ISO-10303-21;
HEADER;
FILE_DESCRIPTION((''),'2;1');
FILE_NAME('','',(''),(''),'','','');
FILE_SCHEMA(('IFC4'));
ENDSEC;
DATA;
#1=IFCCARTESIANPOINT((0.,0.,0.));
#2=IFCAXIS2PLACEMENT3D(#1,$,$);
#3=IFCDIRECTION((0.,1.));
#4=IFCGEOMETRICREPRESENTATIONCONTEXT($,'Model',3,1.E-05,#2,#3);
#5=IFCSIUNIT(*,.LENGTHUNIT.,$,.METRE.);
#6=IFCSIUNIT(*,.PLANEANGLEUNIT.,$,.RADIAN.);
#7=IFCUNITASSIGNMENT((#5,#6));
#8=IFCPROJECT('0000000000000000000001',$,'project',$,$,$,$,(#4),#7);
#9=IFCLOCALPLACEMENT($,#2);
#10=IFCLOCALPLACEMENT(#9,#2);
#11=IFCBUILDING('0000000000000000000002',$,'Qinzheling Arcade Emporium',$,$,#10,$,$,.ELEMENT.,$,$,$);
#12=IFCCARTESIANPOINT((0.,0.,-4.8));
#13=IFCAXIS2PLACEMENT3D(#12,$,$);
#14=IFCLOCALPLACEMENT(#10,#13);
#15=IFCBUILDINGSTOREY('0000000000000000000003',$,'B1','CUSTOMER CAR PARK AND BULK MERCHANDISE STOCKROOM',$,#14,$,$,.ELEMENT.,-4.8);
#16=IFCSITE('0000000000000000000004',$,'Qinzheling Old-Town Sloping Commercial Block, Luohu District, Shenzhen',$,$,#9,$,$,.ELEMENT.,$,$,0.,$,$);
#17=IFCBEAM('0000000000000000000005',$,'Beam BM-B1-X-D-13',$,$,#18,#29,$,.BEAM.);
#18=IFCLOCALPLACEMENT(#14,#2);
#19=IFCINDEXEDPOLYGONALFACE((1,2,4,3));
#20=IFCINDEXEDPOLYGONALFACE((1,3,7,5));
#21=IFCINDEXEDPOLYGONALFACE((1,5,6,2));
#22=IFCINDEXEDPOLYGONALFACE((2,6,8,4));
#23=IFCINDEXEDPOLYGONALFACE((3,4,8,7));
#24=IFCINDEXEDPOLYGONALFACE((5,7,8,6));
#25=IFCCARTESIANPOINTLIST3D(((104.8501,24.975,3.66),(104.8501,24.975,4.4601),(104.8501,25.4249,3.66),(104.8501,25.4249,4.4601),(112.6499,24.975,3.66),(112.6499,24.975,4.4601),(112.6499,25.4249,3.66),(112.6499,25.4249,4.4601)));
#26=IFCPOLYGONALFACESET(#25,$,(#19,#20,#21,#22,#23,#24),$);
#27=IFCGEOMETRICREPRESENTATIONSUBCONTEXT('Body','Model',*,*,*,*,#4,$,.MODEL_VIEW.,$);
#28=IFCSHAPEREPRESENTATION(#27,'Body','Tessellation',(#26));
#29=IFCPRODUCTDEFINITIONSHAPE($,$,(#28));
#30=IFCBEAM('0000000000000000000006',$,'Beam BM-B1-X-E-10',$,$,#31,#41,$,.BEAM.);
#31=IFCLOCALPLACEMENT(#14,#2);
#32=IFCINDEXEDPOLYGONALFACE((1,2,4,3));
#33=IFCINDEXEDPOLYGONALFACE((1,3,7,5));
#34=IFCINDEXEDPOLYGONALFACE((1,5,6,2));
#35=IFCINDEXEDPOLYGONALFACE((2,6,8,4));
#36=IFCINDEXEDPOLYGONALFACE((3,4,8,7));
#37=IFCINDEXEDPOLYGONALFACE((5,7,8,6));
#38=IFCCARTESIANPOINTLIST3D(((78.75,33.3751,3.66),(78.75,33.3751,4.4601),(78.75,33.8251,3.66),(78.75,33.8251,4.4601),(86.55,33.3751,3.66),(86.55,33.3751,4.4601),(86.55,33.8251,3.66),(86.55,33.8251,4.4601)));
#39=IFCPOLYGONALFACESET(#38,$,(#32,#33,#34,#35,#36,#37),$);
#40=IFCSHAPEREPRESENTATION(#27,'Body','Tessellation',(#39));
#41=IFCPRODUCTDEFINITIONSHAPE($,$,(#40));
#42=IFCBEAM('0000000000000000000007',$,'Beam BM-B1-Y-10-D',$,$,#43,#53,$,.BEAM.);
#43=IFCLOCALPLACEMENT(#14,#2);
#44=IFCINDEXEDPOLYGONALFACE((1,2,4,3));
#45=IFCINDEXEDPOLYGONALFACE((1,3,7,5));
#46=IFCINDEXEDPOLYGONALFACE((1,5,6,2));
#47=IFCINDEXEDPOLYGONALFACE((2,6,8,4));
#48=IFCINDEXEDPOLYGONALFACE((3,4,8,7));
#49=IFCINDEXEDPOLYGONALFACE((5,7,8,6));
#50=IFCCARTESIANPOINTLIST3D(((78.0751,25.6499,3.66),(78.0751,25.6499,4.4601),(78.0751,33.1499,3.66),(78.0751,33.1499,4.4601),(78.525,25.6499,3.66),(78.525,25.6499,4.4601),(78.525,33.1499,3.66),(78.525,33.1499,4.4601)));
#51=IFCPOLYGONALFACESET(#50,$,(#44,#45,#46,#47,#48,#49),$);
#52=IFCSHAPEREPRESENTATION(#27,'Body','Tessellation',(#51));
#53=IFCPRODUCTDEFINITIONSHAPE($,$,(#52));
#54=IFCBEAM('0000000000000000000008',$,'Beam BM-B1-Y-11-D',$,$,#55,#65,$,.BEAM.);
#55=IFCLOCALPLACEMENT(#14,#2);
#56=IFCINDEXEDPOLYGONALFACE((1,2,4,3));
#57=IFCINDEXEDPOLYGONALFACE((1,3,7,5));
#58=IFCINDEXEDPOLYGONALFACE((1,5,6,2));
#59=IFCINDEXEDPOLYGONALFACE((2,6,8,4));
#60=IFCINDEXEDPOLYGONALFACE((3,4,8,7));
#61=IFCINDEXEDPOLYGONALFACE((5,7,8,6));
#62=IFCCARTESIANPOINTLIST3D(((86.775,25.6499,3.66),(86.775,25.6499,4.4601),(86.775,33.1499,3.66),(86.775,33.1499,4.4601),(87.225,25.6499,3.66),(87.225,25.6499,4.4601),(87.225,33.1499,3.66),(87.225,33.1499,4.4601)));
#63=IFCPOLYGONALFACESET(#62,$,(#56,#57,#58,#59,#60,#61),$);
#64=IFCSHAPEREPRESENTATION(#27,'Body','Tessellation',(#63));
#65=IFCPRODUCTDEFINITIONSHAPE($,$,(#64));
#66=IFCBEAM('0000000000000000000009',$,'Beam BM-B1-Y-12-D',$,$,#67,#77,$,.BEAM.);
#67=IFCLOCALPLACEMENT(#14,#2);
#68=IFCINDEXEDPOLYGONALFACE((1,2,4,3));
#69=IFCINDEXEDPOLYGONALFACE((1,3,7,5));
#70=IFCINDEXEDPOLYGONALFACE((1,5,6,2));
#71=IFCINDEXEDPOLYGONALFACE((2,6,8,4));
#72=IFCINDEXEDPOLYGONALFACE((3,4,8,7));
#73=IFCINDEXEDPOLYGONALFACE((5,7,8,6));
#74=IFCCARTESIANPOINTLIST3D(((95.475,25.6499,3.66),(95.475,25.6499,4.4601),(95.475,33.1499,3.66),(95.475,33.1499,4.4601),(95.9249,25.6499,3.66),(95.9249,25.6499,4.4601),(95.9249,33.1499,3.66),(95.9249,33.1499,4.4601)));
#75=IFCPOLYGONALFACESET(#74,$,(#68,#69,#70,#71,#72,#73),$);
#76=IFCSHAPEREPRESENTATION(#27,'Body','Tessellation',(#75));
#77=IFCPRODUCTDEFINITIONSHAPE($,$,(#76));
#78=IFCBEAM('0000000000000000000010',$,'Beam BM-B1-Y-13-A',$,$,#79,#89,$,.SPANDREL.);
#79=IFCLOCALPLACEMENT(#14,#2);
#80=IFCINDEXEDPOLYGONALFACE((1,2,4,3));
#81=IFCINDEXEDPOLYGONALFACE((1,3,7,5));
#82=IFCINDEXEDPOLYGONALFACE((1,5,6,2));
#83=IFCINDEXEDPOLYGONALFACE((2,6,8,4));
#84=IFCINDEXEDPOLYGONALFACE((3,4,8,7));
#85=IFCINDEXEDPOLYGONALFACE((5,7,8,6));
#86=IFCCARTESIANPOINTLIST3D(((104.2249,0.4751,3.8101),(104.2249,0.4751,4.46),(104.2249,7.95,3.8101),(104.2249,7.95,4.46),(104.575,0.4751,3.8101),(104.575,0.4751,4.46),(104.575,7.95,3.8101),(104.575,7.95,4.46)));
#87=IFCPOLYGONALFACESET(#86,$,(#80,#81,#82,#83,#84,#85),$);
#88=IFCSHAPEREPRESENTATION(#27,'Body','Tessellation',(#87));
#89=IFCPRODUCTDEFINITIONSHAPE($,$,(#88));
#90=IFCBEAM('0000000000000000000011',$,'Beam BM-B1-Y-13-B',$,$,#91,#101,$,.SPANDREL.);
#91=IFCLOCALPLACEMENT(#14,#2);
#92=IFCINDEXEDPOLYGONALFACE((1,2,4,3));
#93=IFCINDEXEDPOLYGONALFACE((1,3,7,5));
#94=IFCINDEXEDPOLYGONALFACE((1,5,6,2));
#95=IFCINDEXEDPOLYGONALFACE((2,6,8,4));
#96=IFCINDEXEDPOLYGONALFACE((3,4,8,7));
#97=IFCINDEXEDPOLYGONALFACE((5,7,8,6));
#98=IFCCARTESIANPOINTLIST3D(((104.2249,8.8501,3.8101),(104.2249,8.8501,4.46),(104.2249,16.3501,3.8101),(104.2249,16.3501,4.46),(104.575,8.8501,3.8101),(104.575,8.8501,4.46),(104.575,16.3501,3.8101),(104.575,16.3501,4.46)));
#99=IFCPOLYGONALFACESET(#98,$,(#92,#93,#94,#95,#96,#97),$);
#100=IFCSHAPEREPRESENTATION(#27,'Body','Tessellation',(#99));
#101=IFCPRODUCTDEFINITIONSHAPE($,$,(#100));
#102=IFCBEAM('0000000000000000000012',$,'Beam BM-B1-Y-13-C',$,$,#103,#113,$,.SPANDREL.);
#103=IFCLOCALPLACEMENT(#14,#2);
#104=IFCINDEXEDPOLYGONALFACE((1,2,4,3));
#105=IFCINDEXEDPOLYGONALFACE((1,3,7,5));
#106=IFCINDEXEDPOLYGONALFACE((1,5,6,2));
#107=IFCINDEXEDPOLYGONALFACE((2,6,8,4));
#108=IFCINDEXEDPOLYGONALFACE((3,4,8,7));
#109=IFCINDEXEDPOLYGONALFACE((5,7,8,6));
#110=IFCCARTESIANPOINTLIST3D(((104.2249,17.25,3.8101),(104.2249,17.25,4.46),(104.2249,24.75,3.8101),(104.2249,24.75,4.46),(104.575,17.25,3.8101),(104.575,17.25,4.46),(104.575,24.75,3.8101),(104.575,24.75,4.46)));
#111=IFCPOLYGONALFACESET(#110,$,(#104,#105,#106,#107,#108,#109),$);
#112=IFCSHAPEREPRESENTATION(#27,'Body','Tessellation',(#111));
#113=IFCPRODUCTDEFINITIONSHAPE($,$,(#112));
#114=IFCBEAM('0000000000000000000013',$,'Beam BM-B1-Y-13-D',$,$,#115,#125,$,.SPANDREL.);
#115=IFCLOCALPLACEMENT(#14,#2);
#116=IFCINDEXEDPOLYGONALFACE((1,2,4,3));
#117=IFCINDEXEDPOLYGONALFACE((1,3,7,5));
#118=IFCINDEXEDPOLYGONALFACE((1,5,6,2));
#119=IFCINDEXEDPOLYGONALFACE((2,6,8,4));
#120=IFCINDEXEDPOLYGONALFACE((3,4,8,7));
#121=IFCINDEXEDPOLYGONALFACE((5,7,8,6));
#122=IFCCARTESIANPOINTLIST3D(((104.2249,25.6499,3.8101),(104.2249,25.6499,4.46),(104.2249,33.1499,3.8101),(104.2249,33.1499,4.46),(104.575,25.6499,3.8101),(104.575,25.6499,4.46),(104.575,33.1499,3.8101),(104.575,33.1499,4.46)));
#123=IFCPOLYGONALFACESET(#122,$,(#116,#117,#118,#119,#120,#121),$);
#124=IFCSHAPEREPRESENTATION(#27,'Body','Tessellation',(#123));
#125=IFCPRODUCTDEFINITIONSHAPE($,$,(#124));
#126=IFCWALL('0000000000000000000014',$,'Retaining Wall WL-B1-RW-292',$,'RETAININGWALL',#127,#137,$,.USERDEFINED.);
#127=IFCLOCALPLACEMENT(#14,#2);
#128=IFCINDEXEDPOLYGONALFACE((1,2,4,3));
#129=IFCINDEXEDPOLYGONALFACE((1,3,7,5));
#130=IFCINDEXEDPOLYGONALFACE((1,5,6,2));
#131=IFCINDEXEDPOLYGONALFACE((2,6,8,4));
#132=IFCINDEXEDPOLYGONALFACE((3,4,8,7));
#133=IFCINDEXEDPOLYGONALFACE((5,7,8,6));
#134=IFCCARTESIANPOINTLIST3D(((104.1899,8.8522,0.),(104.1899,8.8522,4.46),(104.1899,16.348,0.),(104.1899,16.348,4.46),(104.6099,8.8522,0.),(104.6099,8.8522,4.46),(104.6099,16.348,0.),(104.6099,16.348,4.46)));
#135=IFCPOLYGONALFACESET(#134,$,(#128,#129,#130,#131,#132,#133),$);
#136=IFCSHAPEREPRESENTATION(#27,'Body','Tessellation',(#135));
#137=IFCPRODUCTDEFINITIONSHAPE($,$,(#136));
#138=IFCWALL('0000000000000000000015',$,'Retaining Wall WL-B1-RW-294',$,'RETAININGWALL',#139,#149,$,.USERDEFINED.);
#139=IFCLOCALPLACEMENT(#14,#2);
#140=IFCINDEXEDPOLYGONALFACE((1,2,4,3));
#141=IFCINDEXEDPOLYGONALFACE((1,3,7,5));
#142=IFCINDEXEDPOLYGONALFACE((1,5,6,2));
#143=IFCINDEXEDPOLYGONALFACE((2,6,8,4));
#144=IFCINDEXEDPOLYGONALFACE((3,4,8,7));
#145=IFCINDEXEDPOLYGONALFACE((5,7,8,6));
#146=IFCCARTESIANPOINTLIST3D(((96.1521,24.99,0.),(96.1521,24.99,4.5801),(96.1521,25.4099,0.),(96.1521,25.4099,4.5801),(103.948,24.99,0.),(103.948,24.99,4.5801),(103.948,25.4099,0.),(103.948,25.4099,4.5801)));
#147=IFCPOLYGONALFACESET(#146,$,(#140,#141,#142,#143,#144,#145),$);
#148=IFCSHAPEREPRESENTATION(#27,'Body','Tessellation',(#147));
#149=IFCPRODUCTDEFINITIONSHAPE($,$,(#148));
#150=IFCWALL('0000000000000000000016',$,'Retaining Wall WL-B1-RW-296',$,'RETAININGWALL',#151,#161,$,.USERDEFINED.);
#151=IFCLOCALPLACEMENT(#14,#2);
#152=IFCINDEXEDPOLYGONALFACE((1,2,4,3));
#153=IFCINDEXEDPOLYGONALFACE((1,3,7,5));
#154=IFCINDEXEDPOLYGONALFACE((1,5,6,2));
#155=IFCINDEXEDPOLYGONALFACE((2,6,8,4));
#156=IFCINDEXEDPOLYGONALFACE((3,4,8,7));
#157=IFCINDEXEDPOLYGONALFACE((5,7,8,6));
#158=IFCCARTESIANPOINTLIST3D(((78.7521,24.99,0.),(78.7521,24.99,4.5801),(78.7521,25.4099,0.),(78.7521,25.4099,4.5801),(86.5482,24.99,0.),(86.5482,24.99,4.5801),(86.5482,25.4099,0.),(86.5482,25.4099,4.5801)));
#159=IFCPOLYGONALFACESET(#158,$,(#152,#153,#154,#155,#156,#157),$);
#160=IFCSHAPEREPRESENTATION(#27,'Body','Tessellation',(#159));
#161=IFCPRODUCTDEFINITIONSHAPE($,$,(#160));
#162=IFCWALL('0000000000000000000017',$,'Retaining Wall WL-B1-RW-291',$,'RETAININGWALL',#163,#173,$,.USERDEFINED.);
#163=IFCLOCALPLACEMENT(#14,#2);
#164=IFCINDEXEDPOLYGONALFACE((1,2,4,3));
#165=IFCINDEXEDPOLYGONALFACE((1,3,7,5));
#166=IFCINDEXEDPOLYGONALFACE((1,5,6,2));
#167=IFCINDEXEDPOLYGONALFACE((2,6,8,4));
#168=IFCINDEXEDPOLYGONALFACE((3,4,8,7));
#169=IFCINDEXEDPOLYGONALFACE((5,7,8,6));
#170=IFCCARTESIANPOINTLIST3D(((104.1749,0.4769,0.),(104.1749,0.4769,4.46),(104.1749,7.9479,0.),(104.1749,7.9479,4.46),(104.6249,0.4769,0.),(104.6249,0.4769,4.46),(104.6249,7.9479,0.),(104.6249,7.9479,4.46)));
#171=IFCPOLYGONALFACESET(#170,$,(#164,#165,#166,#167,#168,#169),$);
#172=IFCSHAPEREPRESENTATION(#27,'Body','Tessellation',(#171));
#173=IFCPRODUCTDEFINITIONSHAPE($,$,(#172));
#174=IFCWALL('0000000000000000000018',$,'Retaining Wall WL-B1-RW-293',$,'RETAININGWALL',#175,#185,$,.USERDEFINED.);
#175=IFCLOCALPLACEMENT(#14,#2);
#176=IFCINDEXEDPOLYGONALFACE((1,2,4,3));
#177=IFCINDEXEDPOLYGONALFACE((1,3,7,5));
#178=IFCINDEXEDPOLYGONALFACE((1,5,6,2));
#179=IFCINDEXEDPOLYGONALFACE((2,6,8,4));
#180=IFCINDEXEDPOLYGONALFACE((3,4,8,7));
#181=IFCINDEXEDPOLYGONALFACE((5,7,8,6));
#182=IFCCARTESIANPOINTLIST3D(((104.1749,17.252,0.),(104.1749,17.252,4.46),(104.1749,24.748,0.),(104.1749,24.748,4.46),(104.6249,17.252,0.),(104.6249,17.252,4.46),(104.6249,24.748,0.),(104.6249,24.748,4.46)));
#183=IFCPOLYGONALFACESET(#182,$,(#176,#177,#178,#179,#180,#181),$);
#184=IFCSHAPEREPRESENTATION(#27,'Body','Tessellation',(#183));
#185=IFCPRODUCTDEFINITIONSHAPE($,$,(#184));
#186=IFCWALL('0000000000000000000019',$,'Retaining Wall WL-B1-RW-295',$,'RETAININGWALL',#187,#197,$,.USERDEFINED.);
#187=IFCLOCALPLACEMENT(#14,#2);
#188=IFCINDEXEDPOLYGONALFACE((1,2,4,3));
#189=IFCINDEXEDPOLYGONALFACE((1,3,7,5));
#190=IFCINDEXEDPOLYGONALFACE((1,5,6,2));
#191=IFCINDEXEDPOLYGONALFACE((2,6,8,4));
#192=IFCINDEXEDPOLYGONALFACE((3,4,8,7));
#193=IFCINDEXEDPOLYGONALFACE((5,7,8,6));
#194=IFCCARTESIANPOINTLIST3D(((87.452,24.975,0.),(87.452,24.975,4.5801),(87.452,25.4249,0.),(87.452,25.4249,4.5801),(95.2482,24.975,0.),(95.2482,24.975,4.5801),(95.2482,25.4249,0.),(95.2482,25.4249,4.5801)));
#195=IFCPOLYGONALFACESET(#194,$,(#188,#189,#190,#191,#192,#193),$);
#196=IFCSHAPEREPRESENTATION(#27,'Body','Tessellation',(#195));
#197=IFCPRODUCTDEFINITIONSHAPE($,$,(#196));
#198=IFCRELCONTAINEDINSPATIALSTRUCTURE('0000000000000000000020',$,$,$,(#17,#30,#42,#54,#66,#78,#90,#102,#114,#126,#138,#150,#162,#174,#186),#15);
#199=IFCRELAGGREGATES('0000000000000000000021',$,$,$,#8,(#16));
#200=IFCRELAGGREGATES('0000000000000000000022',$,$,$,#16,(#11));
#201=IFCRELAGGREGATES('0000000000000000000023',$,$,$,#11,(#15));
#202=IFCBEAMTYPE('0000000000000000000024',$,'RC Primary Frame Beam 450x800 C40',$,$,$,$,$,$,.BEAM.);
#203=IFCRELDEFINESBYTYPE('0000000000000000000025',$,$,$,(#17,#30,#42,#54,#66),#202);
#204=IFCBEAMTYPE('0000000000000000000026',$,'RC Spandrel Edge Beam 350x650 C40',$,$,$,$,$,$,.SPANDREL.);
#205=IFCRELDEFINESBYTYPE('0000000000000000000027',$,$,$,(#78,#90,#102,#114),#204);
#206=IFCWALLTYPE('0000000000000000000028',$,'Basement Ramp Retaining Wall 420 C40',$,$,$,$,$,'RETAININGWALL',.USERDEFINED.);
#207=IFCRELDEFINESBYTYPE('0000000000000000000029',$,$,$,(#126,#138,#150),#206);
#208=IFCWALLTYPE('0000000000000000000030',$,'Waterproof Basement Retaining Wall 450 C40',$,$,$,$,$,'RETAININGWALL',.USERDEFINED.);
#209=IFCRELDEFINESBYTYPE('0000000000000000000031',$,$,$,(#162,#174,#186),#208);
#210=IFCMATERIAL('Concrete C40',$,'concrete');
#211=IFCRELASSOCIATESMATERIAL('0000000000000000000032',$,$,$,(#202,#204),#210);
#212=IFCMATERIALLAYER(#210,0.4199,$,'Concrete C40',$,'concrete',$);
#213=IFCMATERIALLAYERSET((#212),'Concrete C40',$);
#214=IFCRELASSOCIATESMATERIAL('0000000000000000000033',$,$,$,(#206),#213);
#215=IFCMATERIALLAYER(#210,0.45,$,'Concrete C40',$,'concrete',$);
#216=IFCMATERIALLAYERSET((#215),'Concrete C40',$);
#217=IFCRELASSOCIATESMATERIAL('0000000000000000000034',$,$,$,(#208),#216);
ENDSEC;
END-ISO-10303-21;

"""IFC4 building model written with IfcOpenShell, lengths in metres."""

from ifc_helpers import new_model, si_unit, direction, frame, frame_2d, origin, origin_2d, place, context, subcontext, project, spatial, rectangle, extrude, material, layer, layer_set, material_profile, profile_set, type_object, element, save


model = new_model("IFC4")

# Units and contexts
model_context = context("Model", 3, precision=1e-05, world=origin(), true_north=direction((0.0, 1.0)))
body_context = subcontext(model_context, "Body", "Model", "MODEL_VIEW")
ifc_project = project(units=[si_unit("LENGTHUNIT", "METRE"), si_unit("PLANEANGLEUNIT", "RADIAN")], contexts=[model_context])

# Site, building, storey
site_placement = place(None, origin())
site = spatial("IfcSite", under=ifc_project, at=site_placement, Name="Qinzheling Old-Town Sloping Commercial Block, Luohu District, Shenzhen", CompositionType="ELEMENT", RefElevation=0.0)
building_placement = place(site_placement, origin())
building = spatial("IfcBuilding", under=site, at=building_placement, Name="Qinzheling Arcade Emporium", CompositionType="ELEMENT")
storey_placement = place(building_placement, frame((0.0, 0.0, -4.8)))
storey = spatial("IfcBuildingStorey", under=building, at=storey_placement, Name="B1", Description="CUSTOMER CAR PARK AND BULK MERCHANDISE STOCKROOM", CompositionType="ELEMENT", Elevation=-4.8)

# Beams
ifc_material_1 = material(Name="Concrete C40", Category="concrete")
ifc_material_profile_1 = material_profile(ifc_material_1, rectangle(XDim=0.45, YDim=0.8, at=origin_2d()), Name="RC 450x800", Category="concrete")
ifc_profile_set_1 = profile_set([ifc_material_profile_1], Name="Concrete C40")
beam_type_1 = type_object("IfcBeamType", Name="RC Primary Frame Beam 450x800 C40", PredefinedType="BEAM", material=ifc_profile_set_1)
beam_1_placement = place(storey_placement, frame((104.8501, 25.2, 4.0601), z_axis=(1.0, 0.0, 0.0), x_axis=(0.0, 1.0, 0.0)))
element("IfcBeam", 1, at=beam_1_placement, inside=storey, type_object=beam_type_1, Name="Beam BM-B1-X-D-13", PredefinedType="BEAM", context=body_context, shape_type="SweptSolid", body=[
    extrude(rectangle(XDim=0.45, YDim=0.8, at=origin_2d()), origin(), (0.0, 0.0, 1.0), 7.7998),
])
beam_2_placement = place(storey_placement, frame((78.75, 33.6001, 4.0601), z_axis=(1.0, 0.0, 0.0), x_axis=(0.0, 1.0, 0.0)))
element("IfcBeam", 2, at=beam_2_placement, inside=storey, type_object=beam_type_1, Name="Beam BM-B1-X-E-10", PredefinedType="BEAM", context=body_context, shape_type="SweptSolid", body=[
    extrude(rectangle(XDim=0.45, YDim=0.8, at=origin_2d()), origin(), (0.0, 0.0, 1.0), 7.8),
])
for number, where, z_axis, x_axis, name in (
    (3, (78.3, 25.6499, 4.0601), (0.0, 1.0, 0.0), (-1.0, 0.0, 0.0), "Beam BM-B1-Y-10-D"),
    (4, (87.0, 25.6499, 4.0601), (0.0, 1.0, 0.0), (-1.0, 0.0, 0.0), "Beam BM-B1-Y-11-D"),
    (5, (95.7, 25.6499, 4.0601), (0.0, 1.0, 0.0), (-1.0, 0.0, 0.0), "Beam BM-B1-Y-12-D"),
):
    element("IfcBeam", number, at=place(storey_placement, frame(where, z_axis=z_axis, x_axis=x_axis)), inside=storey, type_object=beam_type_1, Name=name, PredefinedType="BEAM", context=body_context, shape_type="SweptSolid", body=[
        extrude(rectangle(XDim=0.45, YDim=0.8, at=origin_2d()), origin(), (0.0, 0.0, 1.0), 7.5),
    ])
ifc_material_profile_2 = material_profile(ifc_material_1, rectangle(XDim=0.3501, YDim=0.6499, at=origin_2d()), Name="RC 350x650", Category="concrete")
ifc_profile_set_2 = profile_set([ifc_material_profile_2], Name="Concrete C40")
beam_type_2 = type_object("IfcBeamType", Name="RC Spandrel Edge Beam 350x650 C40", PredefinedType="SPANDREL", material=ifc_profile_set_2)
beam_3_placement = place(storey_placement, frame((104.3999, 0.4751, 4.135), z_axis=(0.0, 1.0, 0.0), x_axis=(-1.0, 0.0, 0.0)))
element("IfcBeam", 6, at=beam_3_placement, inside=storey, type_object=beam_type_2, Name="Beam BM-B1-Y-13-A", PredefinedType="SPANDREL", context=body_context, shape_type="SweptSolid", body=[
    extrude(rectangle(XDim=0.3501, YDim=0.6499, at=origin_2d()), origin(), (0.0, 0.0, 1.0), 7.4749),
])
for number, where, z_axis, x_axis, name in (
    (7, (104.3999, 8.8501, 4.135), (0.0, 1.0, 0.0), (-1.0, 0.0, 0.0), "Beam BM-B1-Y-13-B"),
    (8, (104.3999, 17.25, 4.135), (0.0, 1.0, 0.0), (-1.0, 0.0, 0.0), "Beam BM-B1-Y-13-C"),
    (9, (104.3999, 25.6499, 4.135), (0.0, 1.0, 0.0), (-1.0, 0.0, 0.0), "Beam BM-B1-Y-13-D"),
):
    element("IfcBeam", number, at=place(storey_placement, frame(where, z_axis=z_axis, x_axis=x_axis)), inside=storey, type_object=beam_type_2, Name=name, PredefinedType="SPANDREL", context=body_context, shape_type="SweptSolid", body=[
        extrude(rectangle(XDim=0.3501, YDim=0.6499, at=origin_2d()), origin(), (0.0, 0.0, 1.0), 7.5),
    ])

# Walls
ifc_layer_1 = layer(ifc_material_1, 0.4199, Name="Concrete C40", Category="concrete")
ifc_layer_set_1 = layer_set([ifc_layer_1], Name="Concrete C40")
wall_type_1 = type_object("IfcWallType", Name="Basement Ramp Retaining Wall 420 C40", ElementType="RETAININGWALL", PredefinedType="USERDEFINED", material=ifc_layer_set_1)
wall_1_placement = place(storey_placement, frame((104.3999, 8.8521, 0.0), z_axis=(0.0, 0.0, 1.0), x_axis=(0.0, 1.0, 0.0)))
element("IfcWall", 10, at=wall_1_placement, inside=storey, type_object=wall_type_1, Name="Retaining Wall WL-B1-RW-292", ObjectType="RETAININGWALL", PredefinedType="USERDEFINED", context=body_context, shape_type="SweptSolid", body=[
    extrude(rectangle(XDim=7.4958, YDim=0.4199, at=frame_2d((3.748, 0.0))), origin(), (0.0, 0.0, 1.0), 4.46),
])
wall_2_placement = place(storey_placement, frame((103.948, 25.2, 0.0), z_axis=(0.0, 0.0, 1.0), x_axis=(-1.0, 0.0, 0.0)))
element("IfcWall", 11, at=wall_2_placement, inside=storey, type_object=wall_type_1, Name="Retaining Wall WL-B1-RW-294", ObjectType="RETAININGWALL", PredefinedType="USERDEFINED", context=body_context, shape_type="SweptSolid", body=[
    extrude(rectangle(XDim=7.7959, YDim=0.4199, at=frame_2d((3.8979, 0.0))), origin(), (0.0, 0.0, 1.0), 4.5801),
])
wall_3_placement = place(storey_placement, frame((86.5481, 25.2, 0.0), z_axis=(0.0, 0.0, 1.0), x_axis=(-1.0, 0.0, 0.0)))
element("IfcWall", 12, at=wall_3_placement, inside=storey, type_object=wall_type_1, Name="Retaining Wall WL-B1-RW-296", ObjectType="RETAININGWALL", PredefinedType="USERDEFINED", context=body_context, shape_type="SweptSolid", body=[
    extrude(rectangle(XDim=7.7961, YDim=0.4199, at=frame_2d((3.8979, 0.0))), origin(), (0.0, 0.0, 1.0), 4.5801),
])
ifc_layer_2 = layer(ifc_material_1, 0.45, Name="Concrete C40", Category="concrete")
ifc_layer_set_2 = layer_set([ifc_layer_2], Name="Concrete C40")
wall_type_2 = type_object("IfcWallType", Name="Waterproof Basement Retaining Wall 450 C40", ElementType="RETAININGWALL", PredefinedType="USERDEFINED", material=ifc_layer_set_2)
wall_4_placement = place(storey_placement, frame((104.3999, 0.4771, 0.0), z_axis=(0.0, 0.0, 1.0), x_axis=(0.0, 1.0, 0.0)))
element("IfcWall", 13, at=wall_4_placement, inside=storey, type_object=wall_type_2, Name="Retaining Wall WL-B1-RW-291", ObjectType="RETAININGWALL", PredefinedType="USERDEFINED", context=body_context, shape_type="SweptSolid", body=[
    extrude(rectangle(XDim=7.4709, YDim=0.45, at=frame_2d((3.7354, 0.0))), origin(), (0.0, 0.0, 1.0), 4.46),
])
wall_5_placement = place(storey_placement, frame((104.3999, 17.252, 0.0), z_axis=(0.0, 0.0, 1.0), x_axis=(0.0, 1.0, 0.0)))
element("IfcWall", 14, at=wall_5_placement, inside=storey, type_object=wall_type_2, Name="Retaining Wall WL-B1-RW-293", ObjectType="RETAININGWALL", PredefinedType="USERDEFINED", context=body_context, shape_type="SweptSolid", body=[
    extrude(rectangle(XDim=7.4961, YDim=0.45, at=frame_2d((3.748, 0.0))), origin(), (0.0, 0.0, 1.0), 4.46),
])
wall_6_placement = place(storey_placement, frame((95.248, 25.2, 0.0), z_axis=(0.0, 0.0, 1.0), x_axis=(-1.0, 0.0, 0.0)))
element("IfcWall", 15, at=wall_6_placement, inside=storey, type_object=wall_type_2, Name="Retaining Wall WL-B1-RW-295", ObjectType="RETAININGWALL", PredefinedType="USERDEFINED", context=body_context, shape_type="SweptSolid", body=[
    extrude(rectangle(XDim=7.7961, YDim=0.45, at=frame_2d((3.8979, 0.0))), origin(), (0.0, 0.0, 1.0), 4.5801),
])

save(model, "model.ifc")
